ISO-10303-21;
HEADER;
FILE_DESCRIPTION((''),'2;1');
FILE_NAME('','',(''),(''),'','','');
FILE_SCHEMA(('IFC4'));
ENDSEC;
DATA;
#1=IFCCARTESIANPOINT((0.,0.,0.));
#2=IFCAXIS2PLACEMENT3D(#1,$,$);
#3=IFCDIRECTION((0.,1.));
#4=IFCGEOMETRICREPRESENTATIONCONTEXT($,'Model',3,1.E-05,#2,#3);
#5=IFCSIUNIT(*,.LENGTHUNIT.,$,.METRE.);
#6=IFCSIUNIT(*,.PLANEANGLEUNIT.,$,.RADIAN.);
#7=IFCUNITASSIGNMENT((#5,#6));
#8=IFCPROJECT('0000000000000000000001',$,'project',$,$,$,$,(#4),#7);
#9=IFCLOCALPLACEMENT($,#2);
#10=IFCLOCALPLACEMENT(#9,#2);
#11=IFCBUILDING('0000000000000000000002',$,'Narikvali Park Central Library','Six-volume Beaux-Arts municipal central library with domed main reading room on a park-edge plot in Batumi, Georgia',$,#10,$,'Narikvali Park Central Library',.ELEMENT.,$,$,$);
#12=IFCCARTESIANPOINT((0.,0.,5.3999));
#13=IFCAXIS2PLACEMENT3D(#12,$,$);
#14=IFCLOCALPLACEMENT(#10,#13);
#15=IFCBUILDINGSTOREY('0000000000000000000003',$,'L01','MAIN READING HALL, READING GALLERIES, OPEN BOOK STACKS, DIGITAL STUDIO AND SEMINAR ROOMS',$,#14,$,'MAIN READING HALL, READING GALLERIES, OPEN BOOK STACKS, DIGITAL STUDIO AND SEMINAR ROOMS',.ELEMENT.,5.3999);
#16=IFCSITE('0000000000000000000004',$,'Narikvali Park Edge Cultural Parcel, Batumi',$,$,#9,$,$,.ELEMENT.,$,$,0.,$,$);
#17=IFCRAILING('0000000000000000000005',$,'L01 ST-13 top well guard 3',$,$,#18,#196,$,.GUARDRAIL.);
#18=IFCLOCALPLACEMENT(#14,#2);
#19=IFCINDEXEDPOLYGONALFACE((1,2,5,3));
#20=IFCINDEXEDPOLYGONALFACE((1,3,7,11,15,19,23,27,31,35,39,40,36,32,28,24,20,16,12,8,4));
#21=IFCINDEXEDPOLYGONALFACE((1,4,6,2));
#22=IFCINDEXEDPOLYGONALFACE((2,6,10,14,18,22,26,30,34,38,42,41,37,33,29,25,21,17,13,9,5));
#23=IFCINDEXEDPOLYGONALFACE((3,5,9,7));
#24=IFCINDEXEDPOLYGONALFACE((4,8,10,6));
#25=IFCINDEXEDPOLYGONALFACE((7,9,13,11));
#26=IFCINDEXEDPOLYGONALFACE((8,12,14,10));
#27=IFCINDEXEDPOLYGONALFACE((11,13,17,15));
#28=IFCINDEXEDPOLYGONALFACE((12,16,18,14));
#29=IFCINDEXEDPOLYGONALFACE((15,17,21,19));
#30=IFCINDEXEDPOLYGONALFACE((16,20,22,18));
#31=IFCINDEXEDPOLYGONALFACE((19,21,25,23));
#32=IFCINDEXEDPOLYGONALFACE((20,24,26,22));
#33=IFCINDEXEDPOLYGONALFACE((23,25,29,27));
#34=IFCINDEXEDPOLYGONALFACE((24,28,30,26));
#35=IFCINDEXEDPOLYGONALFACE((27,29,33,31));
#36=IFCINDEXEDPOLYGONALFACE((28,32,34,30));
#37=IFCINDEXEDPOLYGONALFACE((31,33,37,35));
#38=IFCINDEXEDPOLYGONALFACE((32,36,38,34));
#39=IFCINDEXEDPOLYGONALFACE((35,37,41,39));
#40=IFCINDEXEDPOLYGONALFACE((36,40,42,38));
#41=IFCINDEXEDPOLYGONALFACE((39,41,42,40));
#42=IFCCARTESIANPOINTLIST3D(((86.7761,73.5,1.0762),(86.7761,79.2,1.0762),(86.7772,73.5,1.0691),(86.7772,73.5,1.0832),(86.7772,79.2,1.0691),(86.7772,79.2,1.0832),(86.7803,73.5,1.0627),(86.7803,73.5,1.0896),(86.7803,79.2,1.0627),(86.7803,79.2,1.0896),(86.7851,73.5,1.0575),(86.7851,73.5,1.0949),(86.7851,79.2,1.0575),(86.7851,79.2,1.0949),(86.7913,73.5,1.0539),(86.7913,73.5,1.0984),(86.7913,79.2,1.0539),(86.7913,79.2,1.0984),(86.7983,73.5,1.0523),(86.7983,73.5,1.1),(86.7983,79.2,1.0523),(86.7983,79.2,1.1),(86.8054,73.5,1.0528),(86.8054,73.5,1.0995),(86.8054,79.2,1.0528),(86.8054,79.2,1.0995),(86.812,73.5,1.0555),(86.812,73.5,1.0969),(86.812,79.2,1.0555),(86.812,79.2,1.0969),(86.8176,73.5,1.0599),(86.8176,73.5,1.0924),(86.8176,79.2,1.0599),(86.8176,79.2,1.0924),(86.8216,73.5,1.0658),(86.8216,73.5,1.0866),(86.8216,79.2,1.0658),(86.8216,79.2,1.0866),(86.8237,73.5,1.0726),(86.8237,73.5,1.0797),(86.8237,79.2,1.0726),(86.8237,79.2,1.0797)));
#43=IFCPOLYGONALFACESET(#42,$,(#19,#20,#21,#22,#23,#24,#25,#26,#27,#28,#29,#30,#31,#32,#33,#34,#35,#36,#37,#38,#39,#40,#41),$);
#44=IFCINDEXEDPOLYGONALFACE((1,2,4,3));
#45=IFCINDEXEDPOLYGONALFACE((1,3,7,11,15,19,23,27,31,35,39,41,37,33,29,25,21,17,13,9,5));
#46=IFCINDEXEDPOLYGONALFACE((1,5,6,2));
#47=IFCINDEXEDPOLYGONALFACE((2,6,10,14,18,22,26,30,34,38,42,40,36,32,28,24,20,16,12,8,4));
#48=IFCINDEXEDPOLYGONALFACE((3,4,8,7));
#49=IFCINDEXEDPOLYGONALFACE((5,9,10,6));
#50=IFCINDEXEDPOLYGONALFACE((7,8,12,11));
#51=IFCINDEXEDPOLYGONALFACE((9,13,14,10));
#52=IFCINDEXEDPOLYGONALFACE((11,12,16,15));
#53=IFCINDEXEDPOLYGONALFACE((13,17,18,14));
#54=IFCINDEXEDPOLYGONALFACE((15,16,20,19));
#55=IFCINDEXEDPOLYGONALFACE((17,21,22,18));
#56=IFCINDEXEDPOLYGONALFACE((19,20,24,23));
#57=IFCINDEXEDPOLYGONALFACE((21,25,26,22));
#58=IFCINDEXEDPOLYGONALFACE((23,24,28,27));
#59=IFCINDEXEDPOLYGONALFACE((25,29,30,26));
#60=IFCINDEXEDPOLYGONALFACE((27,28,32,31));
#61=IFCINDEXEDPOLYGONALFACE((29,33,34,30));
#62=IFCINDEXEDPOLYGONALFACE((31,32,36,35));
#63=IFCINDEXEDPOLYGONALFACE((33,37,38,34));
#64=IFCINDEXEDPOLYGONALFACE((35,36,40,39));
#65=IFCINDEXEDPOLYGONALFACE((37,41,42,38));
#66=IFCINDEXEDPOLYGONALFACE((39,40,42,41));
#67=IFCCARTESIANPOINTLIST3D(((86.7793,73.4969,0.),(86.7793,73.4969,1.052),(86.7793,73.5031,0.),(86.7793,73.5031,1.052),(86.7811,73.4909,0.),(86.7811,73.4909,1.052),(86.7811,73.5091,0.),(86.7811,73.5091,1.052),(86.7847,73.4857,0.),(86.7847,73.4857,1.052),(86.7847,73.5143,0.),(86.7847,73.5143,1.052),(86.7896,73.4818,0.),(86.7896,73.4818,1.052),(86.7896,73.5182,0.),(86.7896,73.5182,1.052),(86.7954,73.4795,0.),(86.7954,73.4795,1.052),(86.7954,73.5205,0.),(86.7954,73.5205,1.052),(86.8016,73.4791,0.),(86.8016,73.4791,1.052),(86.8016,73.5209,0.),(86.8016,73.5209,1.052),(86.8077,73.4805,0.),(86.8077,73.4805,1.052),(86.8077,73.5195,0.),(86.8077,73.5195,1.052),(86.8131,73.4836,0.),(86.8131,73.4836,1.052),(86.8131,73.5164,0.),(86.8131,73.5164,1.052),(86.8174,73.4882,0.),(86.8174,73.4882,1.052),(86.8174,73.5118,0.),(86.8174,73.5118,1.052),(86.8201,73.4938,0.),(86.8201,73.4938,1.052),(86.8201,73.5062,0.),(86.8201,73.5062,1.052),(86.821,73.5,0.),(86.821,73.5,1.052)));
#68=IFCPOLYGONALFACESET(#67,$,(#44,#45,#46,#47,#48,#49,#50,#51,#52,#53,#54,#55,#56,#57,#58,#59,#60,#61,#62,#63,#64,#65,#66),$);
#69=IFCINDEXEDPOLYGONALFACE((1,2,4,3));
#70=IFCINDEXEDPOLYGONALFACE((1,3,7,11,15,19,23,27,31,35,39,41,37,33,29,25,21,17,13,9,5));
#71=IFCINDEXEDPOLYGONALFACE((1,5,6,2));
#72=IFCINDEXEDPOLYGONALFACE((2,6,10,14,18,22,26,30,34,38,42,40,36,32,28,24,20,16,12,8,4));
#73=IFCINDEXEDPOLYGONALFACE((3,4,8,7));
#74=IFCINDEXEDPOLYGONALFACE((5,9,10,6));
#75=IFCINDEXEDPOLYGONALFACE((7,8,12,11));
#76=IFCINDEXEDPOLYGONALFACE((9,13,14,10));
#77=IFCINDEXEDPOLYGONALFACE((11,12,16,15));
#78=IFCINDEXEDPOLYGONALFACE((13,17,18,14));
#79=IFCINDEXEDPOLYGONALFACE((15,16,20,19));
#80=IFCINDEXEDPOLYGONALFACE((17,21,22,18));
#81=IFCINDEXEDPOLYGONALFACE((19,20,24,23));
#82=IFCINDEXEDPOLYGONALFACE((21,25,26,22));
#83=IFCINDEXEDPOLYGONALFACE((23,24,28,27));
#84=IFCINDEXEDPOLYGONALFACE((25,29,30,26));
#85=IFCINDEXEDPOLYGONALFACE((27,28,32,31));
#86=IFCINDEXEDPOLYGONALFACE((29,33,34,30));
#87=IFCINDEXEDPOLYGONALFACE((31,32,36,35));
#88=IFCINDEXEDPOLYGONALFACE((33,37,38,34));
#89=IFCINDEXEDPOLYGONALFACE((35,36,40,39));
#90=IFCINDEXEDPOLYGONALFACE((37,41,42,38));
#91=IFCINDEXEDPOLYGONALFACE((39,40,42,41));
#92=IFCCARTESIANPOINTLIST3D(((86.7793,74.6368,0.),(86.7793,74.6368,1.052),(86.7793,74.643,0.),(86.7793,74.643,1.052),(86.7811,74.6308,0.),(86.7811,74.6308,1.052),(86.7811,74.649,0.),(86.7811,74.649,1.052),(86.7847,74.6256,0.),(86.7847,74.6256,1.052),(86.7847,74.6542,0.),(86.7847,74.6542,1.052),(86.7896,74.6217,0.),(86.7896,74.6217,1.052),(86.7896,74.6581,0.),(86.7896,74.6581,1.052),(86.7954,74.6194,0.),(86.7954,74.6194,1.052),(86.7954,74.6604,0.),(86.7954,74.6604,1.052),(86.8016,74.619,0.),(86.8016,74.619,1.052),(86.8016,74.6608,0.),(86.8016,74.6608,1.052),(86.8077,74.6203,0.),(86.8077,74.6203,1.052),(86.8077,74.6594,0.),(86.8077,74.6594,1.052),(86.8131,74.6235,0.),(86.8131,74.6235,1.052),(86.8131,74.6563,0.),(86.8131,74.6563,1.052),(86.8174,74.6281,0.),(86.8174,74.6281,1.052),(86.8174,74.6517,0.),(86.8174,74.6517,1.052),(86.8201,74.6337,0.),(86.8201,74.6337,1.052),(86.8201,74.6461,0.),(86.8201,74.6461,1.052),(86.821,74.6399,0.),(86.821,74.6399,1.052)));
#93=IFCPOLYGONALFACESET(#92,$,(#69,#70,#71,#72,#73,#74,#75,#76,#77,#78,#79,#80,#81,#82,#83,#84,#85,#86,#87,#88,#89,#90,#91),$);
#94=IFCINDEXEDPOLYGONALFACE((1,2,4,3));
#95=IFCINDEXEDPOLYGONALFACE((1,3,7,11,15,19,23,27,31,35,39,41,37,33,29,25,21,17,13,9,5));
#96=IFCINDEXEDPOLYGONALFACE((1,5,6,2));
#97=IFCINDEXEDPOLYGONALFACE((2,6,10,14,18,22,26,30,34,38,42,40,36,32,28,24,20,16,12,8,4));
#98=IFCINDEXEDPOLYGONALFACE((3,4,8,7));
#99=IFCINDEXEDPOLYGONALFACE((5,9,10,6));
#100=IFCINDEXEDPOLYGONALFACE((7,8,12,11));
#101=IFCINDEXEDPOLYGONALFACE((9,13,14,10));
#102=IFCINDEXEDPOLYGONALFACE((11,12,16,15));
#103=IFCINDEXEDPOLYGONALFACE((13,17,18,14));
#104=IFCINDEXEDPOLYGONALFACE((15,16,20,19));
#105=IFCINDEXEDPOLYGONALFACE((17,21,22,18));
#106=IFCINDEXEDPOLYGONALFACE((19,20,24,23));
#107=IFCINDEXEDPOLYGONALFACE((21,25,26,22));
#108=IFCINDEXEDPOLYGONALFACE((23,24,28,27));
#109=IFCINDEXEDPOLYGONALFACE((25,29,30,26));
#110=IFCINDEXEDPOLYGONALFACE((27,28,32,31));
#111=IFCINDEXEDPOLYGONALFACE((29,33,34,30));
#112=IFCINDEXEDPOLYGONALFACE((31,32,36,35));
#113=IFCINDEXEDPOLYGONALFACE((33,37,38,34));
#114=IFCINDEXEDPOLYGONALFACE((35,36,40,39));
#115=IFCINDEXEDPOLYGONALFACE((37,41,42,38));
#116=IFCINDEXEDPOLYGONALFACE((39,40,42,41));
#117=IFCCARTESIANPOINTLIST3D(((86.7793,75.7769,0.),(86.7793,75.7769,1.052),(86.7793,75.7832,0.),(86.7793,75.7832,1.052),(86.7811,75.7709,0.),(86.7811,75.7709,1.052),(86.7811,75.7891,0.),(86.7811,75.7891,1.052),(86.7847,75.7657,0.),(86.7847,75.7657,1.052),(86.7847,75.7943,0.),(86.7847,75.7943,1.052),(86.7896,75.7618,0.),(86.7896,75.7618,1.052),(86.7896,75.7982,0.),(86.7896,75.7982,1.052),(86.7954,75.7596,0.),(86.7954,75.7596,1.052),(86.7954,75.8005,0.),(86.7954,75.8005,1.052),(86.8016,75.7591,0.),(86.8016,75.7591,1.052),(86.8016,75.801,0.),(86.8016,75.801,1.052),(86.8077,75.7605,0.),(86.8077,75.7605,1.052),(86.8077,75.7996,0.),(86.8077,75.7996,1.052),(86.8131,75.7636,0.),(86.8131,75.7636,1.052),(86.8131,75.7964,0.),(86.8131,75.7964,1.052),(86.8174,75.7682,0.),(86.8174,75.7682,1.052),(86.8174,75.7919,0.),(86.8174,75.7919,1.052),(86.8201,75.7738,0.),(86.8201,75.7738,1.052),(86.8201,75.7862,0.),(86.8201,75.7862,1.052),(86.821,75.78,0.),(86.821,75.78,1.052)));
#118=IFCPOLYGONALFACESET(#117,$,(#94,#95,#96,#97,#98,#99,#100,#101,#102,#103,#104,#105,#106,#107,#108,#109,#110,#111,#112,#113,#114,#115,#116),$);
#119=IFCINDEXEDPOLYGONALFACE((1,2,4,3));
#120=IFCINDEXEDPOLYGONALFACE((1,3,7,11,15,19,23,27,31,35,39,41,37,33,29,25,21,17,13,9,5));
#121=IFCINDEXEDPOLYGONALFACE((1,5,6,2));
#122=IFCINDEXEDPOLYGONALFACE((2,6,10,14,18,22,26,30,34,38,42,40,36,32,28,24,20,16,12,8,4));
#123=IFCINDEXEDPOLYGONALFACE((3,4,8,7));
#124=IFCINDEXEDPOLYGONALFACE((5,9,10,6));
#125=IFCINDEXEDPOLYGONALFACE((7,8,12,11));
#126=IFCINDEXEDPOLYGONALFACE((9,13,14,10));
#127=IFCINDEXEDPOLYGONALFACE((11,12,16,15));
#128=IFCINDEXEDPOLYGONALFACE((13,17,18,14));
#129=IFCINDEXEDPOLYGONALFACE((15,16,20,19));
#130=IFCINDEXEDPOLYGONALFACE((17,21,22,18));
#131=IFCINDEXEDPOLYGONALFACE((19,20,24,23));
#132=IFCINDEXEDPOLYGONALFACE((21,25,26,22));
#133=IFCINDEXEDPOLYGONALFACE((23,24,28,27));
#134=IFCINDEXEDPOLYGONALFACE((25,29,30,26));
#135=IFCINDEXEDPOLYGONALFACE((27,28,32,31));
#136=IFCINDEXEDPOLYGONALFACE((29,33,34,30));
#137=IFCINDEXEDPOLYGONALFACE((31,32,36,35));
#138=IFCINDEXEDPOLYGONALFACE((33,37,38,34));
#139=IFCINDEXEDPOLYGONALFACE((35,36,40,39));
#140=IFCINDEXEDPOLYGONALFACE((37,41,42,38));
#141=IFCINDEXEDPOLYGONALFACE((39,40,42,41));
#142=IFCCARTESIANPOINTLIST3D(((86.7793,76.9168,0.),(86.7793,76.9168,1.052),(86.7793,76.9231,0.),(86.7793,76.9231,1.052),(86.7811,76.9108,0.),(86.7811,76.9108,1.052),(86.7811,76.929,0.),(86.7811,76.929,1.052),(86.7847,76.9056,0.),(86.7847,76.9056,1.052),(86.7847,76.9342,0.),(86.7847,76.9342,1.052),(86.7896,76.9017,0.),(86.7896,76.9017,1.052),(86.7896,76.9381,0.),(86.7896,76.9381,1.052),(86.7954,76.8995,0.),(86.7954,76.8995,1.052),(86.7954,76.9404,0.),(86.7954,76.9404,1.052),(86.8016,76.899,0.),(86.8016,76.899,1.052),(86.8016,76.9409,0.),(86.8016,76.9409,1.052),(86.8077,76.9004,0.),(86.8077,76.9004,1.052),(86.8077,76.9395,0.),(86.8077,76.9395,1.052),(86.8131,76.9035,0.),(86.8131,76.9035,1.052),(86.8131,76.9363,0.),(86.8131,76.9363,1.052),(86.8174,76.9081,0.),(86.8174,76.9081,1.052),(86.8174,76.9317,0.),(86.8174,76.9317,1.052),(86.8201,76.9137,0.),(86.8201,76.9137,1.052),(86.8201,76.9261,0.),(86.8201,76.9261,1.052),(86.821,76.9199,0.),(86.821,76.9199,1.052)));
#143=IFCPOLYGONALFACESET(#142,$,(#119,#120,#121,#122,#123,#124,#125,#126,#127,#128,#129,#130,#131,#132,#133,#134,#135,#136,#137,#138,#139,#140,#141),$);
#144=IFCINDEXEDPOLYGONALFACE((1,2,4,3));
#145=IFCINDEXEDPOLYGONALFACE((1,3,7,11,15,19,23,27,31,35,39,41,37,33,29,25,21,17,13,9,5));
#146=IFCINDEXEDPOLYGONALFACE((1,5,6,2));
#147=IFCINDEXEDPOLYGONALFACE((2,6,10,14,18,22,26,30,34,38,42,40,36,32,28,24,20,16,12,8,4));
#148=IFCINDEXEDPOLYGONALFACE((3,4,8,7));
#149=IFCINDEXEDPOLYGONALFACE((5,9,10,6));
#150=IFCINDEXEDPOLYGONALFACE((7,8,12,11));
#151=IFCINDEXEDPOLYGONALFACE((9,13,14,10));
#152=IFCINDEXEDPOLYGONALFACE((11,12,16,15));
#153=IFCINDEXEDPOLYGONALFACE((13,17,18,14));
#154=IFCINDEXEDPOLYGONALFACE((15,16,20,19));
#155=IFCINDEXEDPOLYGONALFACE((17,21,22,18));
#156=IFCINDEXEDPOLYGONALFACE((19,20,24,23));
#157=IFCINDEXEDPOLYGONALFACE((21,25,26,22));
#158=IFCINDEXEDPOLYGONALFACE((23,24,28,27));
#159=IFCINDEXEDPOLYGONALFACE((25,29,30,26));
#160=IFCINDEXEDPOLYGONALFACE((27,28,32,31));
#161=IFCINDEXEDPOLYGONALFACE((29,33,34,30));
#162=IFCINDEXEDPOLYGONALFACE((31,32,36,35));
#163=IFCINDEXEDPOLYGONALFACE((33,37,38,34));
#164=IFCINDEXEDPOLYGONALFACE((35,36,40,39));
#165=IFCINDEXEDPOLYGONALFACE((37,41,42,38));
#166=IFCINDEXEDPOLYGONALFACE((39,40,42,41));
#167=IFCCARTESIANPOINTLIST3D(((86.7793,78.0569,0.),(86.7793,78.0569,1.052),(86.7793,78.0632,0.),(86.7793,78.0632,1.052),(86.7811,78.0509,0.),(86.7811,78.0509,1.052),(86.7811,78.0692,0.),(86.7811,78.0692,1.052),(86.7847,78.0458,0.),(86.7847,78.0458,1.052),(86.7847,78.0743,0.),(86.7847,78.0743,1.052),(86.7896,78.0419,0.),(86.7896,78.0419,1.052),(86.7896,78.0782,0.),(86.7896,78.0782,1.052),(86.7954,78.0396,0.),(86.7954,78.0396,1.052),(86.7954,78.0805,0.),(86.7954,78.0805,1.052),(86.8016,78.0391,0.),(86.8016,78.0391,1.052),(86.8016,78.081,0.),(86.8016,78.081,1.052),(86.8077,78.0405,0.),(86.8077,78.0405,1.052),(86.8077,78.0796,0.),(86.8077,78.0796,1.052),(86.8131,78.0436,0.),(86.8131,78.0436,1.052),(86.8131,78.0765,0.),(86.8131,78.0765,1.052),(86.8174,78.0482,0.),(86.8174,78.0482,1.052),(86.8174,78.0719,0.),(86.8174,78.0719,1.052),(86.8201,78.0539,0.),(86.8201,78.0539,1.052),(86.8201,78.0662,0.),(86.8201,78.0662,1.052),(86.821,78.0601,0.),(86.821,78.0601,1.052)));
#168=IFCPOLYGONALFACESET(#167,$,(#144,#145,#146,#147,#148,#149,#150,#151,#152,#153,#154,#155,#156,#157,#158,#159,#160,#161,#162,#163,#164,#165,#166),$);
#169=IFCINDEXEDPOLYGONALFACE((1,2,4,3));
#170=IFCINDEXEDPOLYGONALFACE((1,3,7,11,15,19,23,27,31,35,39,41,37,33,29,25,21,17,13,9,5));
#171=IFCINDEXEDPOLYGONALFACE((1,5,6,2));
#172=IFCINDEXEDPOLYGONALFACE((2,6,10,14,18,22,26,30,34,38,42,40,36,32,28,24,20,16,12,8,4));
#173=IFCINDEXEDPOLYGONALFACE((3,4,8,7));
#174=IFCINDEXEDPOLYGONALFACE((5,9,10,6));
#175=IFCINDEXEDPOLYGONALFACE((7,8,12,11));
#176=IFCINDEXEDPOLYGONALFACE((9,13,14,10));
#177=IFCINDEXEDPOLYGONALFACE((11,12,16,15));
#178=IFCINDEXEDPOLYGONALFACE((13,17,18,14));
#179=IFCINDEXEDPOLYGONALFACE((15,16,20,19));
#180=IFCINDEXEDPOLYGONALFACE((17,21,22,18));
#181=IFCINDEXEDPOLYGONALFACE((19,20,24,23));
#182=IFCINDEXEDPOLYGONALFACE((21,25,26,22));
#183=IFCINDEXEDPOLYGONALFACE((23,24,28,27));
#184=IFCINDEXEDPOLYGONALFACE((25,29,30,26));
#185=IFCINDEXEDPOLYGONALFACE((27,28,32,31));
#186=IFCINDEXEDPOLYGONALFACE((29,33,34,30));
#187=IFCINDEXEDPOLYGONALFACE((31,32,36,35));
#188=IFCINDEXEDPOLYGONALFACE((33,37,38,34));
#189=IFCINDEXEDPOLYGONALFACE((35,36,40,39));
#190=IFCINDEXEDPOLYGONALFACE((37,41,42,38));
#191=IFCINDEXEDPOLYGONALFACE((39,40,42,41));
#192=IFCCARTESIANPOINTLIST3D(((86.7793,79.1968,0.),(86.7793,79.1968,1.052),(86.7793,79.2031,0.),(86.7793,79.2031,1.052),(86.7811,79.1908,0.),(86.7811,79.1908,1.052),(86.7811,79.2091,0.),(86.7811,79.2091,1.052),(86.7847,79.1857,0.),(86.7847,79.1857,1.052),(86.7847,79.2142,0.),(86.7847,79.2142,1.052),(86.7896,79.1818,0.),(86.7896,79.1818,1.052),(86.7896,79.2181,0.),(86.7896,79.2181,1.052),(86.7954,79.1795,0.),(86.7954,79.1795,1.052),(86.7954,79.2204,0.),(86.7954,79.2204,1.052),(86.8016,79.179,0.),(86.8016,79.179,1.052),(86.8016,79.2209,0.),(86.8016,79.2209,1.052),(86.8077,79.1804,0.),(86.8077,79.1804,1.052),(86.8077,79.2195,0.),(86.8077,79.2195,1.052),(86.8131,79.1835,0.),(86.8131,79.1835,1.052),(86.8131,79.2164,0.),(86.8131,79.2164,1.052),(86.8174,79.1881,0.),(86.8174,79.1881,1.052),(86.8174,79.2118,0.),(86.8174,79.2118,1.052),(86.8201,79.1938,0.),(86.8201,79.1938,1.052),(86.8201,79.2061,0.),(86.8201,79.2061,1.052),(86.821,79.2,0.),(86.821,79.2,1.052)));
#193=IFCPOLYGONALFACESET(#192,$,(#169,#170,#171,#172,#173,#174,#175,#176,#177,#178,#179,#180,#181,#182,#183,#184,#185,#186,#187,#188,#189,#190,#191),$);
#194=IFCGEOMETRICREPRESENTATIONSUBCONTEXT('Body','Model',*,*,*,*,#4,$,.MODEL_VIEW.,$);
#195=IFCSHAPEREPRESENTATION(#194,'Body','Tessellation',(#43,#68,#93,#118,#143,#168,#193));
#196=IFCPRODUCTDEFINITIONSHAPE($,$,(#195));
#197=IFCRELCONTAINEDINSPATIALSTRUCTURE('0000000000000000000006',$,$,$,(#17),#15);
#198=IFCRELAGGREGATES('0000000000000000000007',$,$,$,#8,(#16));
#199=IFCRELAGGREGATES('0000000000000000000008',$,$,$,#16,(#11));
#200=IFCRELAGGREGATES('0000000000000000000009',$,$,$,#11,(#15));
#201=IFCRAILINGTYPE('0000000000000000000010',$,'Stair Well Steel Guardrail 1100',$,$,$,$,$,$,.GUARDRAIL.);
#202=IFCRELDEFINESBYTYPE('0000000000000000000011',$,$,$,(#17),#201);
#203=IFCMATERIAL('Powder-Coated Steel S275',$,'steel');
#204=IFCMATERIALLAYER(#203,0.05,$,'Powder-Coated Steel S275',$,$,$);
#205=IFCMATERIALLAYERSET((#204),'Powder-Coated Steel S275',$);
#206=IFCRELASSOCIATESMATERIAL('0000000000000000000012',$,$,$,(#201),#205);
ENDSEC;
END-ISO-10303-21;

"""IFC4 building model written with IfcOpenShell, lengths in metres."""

from ifc_helpers import new_model, si_unit, direction, frame, origin, origin_2d, place, context, subcontext, project, spatial, circle, extrude, material, layer, layer_set, type_object, element, save


model = new_model("IFC4")

# Units and contexts
model_context = context("Model", 3, precision=1e-05, world=origin(), true_north=direction((0.0, 1.0)))
body_context = subcontext(model_context, "Body", "Model", "MODEL_VIEW")
ifc_project = project(units=[si_unit("LENGTHUNIT", "METRE"), si_unit("PLANEANGLEUNIT", "RADIAN")], contexts=[model_context])

# Site, building, storey
site_placement = place(None, origin())
site = spatial("IfcSite", under=ifc_project, at=site_placement, Name="Narikvali Park Edge Cultural Parcel, Batumi", CompositionType="ELEMENT", RefElevation=0.0)
building_placement = place(site_placement, origin())
building = spatial("IfcBuilding", under=site, at=building_placement, Name="Narikvali Park Central Library", Description="Six-volume Beaux-Arts municipal central library with domed main reading room on a park-edge plot in Batumi, Georgia", LongName="Narikvali Park Central Library", CompositionType="ELEMENT")
storey_placement = place(building_placement, frame((0.0, 0.0, 5.3999)))
storey = spatial("IfcBuildingStorey", under=building, at=storey_placement, Name="L01", Description="MAIN READING HALL, READING GALLERIES, OPEN BOOK STACKS, DIGITAL STUDIO AND SEMINAR ROOMS", LongName="MAIN READING HALL, READING GALLERIES, OPEN BOOK STACKS, DIGITAL STUDIO AND SEMINAR ROOMS", CompositionType="ELEMENT", Elevation=5.3999)

# Railing
ifc_material_1 = material(Name="Powder-Coated Steel S275", Category="steel")
ifc_layer_1 = layer(ifc_material_1, 0.05, Name="Powder-Coated Steel S275")
ifc_layer_set_1 = layer_set([ifc_layer_1], Name="Powder-Coated Steel S275")
railing_type = type_object("IfcRailingType", Name="Stair Well Steel Guardrail 1100", PredefinedType="GUARDRAIL", material=ifc_layer_set_1)
railing_1_placement = place(storey_placement, frame((86.8, 73.5, 0.0)))
element("IfcRailing", 1, at=railing_1_placement, inside=storey, type_object=railing_type, Name="L01 ST-13 top well guard 3", PredefinedType="GUARDRAIL", context=body_context, shape_type="SweptSolid", body=[
    extrude(circle(Radius=0.0239, at=origin_2d()), frame((0.0, 0.0, 1.0762), z_axis=(0.0, 1.0, 0.0), x_axis=(-1.0, 0.0, 0.0)), (0.0, 0.0, 1.0), 5.7),
    extrude(circle(Radius=0.021, at=origin_2d()), origin(), (0.0, 0.0, 1.0), 1.052),
    extrude(circle(Radius=0.021, at=origin_2d()), frame((0.0, 1.1399, 0.0)), (0.0, 0.0, 1.0), 1.052),
    extrude(circle(Radius=0.021, at=origin_2d()), frame((0.0, 2.28, 0.0)), (0.0, 0.0, 1.0), 1.052),
    extrude(circle(Radius=0.021, at=origin_2d()), frame((0.0, 3.4199, 0.0)), (0.0, 0.0, 1.0), 1.052),
    extrude(circle(Radius=0.021, at=origin_2d()), frame((0.0, 4.5601, 0.0)), (0.0, 0.0, 1.0), 1.052),
    extrude(circle(Radius=0.021, at=origin_2d()), frame((0.0, 5.7, 0.0)), (0.0, 0.0, 1.0), 1.052),
])

save(model, "model.ifc")
